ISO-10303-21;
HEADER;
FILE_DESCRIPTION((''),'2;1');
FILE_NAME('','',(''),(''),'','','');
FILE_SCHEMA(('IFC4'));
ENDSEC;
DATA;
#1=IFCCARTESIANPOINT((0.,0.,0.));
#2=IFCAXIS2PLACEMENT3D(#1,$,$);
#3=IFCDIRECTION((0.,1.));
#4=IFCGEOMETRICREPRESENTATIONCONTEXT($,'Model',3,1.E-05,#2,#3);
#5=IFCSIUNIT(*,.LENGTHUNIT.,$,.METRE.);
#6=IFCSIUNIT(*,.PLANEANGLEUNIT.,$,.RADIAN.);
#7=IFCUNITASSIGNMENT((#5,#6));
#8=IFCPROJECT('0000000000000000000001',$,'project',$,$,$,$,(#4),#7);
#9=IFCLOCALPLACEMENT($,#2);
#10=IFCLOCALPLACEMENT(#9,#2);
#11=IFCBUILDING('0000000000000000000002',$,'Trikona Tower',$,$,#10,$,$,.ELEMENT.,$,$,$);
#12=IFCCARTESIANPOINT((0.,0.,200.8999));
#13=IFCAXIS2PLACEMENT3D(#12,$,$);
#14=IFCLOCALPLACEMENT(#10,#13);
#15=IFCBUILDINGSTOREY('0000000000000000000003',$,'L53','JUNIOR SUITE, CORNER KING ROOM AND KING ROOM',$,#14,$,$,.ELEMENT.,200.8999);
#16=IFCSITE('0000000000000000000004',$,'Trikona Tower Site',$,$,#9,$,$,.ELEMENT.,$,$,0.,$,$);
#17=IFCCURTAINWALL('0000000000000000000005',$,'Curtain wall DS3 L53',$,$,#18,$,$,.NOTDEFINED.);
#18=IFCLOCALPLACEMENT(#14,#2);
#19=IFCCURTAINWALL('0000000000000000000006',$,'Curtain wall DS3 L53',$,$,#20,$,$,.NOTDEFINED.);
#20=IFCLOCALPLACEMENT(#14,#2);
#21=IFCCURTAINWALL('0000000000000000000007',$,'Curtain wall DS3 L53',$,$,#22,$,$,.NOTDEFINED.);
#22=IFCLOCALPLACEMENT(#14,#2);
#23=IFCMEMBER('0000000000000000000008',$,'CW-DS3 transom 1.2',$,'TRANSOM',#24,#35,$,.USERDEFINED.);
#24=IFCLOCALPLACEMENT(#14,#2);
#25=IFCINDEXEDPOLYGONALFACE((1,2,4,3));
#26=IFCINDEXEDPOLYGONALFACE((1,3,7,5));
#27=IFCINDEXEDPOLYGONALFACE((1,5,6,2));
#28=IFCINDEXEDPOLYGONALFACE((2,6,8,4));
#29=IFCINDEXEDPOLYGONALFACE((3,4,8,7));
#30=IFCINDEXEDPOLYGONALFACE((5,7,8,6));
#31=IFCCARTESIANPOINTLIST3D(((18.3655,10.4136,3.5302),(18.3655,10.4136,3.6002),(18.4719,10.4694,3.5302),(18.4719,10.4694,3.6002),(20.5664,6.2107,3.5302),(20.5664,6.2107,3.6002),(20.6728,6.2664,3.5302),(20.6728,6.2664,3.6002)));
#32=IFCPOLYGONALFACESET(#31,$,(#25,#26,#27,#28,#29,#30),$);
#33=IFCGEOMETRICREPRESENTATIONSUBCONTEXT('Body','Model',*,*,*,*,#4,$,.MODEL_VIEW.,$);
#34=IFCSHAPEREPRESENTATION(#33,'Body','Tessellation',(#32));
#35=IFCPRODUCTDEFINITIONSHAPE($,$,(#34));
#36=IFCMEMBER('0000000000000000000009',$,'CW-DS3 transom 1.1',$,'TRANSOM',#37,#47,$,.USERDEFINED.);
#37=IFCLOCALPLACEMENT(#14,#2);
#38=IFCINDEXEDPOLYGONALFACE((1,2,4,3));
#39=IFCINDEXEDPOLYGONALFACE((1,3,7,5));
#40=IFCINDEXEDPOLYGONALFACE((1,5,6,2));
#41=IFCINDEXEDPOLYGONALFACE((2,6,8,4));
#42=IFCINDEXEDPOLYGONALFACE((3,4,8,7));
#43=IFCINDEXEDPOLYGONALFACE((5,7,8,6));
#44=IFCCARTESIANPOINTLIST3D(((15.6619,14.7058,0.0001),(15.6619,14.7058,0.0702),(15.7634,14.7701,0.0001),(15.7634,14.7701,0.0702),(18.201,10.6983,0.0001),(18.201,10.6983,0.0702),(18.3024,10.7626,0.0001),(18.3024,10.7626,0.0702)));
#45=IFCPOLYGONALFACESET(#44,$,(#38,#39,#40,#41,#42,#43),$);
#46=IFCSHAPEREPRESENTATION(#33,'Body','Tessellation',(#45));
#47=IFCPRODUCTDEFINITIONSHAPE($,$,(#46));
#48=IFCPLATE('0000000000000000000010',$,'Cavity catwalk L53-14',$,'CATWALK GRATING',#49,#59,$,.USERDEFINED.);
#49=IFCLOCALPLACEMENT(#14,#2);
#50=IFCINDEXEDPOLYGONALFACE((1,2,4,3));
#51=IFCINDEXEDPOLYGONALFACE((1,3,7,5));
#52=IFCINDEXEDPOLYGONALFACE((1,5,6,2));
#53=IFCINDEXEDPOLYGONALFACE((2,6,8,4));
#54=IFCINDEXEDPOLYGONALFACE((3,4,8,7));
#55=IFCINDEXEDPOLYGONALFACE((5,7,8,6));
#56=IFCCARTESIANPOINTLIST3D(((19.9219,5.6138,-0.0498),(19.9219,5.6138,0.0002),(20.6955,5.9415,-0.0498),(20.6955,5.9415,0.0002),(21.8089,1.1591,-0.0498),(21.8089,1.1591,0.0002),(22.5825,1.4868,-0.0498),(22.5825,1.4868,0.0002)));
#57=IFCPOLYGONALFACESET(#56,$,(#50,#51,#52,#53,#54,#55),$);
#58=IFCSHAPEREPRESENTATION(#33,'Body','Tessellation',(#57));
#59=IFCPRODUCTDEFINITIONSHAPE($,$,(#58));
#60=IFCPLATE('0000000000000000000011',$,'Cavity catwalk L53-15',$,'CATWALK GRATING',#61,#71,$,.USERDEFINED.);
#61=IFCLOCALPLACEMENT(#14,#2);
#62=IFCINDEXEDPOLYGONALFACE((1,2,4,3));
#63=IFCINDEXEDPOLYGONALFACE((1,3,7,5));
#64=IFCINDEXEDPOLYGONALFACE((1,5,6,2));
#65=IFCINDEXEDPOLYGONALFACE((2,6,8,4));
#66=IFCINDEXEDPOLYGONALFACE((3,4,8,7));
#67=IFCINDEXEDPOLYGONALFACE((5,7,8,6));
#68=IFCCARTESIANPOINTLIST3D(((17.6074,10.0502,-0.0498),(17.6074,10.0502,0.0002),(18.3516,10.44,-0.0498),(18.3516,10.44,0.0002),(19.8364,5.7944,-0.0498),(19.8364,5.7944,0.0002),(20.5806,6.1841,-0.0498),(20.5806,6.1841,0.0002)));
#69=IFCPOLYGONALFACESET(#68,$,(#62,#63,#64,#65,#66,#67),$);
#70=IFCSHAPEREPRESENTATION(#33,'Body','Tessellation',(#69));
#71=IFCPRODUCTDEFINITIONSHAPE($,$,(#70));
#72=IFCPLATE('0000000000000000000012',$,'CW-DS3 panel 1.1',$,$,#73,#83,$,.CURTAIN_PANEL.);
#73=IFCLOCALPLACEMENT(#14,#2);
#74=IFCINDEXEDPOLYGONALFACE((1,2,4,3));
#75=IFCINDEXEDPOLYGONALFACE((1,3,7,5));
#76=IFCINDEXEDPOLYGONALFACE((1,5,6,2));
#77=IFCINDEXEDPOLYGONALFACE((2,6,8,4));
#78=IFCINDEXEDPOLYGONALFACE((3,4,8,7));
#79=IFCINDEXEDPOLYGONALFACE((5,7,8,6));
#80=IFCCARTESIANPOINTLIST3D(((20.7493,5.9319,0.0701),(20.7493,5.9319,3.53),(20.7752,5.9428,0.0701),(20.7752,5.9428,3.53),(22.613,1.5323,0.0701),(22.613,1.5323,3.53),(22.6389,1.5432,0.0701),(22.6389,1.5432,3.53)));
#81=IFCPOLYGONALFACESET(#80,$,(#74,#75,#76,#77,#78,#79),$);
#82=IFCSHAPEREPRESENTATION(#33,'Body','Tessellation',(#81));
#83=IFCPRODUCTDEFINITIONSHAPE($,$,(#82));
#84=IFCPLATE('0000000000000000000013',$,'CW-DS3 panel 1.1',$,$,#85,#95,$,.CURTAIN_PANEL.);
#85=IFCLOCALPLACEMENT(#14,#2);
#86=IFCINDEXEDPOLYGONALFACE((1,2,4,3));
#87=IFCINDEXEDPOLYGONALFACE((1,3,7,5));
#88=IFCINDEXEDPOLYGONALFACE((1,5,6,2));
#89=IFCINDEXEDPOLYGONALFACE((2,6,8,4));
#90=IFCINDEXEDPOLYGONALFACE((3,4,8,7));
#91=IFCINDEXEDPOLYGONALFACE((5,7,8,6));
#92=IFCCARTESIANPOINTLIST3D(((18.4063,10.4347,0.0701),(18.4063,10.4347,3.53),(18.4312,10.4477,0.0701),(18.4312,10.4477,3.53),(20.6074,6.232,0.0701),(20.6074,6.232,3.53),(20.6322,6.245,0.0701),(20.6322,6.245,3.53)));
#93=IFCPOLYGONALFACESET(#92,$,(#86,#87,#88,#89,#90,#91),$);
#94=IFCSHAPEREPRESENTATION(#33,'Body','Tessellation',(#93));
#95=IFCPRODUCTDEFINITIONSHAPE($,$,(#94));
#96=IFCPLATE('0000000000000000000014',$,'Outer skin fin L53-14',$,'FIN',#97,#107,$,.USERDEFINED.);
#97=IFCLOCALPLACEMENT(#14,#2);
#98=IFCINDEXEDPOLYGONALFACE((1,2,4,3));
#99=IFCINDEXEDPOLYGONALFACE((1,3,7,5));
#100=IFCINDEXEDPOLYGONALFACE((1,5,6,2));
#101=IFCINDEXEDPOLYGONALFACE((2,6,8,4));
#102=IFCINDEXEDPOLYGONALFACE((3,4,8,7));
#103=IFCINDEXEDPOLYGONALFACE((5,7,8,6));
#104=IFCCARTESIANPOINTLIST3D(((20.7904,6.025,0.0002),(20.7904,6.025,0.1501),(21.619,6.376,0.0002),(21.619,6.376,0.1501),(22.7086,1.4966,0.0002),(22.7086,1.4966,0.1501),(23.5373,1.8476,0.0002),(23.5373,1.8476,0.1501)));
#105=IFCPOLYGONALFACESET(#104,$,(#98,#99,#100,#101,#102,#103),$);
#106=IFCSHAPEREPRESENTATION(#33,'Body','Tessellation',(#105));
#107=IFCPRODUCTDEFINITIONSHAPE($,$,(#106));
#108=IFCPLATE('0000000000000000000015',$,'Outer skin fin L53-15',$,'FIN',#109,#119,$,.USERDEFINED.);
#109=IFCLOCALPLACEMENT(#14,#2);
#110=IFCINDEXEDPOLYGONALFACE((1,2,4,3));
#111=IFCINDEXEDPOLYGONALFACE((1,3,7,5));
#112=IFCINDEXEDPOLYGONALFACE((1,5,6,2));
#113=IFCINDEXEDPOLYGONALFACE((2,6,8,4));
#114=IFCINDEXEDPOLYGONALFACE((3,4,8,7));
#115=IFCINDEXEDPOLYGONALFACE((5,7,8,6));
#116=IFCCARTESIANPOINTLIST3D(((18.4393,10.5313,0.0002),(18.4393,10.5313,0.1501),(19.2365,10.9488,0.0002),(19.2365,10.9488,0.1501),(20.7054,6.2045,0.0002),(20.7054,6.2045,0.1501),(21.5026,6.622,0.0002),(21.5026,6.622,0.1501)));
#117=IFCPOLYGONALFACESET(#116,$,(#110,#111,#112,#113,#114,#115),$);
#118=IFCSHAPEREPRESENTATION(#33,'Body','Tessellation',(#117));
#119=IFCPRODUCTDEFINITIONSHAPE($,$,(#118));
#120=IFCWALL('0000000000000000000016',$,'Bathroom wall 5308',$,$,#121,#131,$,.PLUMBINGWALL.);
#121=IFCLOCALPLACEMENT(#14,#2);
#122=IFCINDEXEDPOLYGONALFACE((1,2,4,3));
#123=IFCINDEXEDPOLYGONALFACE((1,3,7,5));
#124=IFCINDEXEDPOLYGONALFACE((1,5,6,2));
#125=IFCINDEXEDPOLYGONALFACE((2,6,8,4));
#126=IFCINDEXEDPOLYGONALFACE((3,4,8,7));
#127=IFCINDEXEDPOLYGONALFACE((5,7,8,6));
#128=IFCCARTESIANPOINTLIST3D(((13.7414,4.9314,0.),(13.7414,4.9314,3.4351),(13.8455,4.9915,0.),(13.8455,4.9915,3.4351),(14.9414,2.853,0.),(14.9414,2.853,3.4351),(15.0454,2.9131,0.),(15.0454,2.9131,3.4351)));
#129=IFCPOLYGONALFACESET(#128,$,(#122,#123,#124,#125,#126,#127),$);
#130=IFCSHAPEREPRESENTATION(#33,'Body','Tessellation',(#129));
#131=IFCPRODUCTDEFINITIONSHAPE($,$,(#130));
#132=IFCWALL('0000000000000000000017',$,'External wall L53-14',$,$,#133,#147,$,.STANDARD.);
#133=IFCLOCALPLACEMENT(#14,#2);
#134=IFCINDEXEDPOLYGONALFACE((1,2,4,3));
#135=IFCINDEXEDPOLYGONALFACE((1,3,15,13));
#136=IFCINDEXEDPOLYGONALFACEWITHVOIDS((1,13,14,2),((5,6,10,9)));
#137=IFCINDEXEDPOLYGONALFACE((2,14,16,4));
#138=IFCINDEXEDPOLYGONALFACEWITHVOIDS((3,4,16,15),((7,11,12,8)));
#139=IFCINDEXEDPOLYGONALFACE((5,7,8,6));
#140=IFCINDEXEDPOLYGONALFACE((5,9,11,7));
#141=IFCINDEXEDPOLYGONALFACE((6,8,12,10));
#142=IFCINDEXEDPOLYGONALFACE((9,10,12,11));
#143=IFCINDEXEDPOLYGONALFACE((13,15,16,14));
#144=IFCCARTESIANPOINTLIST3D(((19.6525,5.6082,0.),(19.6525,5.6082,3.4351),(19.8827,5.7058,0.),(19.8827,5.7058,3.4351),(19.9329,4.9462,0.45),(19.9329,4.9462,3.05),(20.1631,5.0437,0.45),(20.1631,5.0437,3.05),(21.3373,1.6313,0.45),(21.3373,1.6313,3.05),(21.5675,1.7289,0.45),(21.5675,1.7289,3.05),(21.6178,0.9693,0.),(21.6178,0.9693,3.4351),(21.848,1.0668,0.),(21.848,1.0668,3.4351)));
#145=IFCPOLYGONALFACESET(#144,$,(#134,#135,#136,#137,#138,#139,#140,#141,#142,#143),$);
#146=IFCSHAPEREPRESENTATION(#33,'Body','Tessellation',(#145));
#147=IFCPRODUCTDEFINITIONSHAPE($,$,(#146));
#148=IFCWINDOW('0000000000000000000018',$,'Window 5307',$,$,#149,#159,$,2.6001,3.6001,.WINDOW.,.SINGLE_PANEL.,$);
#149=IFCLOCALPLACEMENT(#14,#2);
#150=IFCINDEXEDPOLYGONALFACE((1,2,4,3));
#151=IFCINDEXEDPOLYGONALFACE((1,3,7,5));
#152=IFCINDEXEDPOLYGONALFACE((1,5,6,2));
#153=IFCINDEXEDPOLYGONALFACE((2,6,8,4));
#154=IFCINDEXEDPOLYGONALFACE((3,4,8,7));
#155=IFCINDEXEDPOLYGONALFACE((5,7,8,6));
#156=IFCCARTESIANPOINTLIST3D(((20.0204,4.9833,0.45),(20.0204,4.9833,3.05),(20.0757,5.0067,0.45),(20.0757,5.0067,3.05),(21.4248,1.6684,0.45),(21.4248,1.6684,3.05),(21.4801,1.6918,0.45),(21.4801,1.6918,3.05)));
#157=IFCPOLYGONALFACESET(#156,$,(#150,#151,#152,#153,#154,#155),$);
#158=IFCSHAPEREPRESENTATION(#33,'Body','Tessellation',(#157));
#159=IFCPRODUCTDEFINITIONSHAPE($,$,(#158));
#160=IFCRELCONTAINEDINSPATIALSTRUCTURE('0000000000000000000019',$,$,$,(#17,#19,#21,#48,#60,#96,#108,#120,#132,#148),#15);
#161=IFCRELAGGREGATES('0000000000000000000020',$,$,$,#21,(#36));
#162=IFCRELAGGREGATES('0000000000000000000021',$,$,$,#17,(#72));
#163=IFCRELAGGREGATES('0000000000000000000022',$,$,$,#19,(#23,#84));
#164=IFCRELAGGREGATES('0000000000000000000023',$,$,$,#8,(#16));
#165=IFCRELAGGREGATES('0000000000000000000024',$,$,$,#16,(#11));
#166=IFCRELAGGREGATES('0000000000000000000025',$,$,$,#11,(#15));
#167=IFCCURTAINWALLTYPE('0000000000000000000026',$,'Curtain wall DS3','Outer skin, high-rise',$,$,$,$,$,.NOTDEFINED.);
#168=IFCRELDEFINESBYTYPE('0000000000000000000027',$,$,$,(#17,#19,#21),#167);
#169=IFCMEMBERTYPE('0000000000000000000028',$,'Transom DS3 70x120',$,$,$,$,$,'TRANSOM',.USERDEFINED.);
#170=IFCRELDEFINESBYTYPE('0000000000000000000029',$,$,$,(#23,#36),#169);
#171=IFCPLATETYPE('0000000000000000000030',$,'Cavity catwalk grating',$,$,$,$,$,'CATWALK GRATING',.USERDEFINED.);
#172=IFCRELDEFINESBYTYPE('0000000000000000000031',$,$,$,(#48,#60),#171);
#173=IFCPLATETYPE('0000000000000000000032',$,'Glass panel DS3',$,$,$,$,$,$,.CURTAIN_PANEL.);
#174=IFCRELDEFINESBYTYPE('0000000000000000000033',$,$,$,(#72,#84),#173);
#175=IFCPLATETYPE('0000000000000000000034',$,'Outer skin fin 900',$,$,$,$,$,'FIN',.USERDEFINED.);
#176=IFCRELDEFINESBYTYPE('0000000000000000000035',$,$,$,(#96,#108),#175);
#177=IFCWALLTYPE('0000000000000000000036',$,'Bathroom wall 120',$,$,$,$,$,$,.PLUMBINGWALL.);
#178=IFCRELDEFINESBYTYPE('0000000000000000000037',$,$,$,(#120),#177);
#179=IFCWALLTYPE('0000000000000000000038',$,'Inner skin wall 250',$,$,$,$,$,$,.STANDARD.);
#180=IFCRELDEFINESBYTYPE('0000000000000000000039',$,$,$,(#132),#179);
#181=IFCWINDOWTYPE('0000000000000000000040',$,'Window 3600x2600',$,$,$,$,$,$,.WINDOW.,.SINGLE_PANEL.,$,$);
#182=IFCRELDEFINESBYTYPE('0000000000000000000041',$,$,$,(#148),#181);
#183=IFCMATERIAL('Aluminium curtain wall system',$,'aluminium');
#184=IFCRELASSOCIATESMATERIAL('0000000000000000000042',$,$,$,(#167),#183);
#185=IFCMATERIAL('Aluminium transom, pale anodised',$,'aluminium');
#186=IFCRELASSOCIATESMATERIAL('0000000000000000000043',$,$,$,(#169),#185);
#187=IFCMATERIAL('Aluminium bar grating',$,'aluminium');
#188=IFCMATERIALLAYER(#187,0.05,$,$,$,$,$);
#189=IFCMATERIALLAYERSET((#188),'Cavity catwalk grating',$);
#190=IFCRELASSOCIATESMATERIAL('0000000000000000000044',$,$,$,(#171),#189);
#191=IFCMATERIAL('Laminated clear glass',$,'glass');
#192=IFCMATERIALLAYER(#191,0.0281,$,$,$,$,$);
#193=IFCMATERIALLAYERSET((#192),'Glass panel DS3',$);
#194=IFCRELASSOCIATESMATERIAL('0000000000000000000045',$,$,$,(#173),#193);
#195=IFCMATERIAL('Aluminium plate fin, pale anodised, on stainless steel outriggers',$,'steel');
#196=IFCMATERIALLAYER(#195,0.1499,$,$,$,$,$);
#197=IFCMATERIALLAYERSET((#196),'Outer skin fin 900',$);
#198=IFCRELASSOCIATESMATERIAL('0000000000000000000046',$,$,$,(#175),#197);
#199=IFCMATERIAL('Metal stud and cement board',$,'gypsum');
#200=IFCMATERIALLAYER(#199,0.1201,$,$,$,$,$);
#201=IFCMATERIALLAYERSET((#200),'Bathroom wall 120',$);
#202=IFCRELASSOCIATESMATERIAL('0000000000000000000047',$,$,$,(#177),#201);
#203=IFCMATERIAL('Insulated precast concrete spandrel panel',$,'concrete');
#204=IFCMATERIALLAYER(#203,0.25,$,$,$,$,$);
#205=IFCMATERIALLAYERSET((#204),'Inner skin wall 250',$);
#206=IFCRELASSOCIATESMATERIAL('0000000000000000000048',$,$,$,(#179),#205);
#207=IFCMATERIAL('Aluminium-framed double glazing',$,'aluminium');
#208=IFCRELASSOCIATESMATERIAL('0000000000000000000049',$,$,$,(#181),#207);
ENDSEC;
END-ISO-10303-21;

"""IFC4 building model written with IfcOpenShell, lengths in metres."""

from ifc_helpers import new_model, si_unit, direction, frame, frame_2d, origin, origin_2d, place, context, subcontext, project, spatial, rectangle, extrude, material, layer, layer_set, material_profile, profile_set, type_object, element, fill, aggregate, save


model = new_model("IFC4")

# Units and contexts
model_context = context("Model", 3, precision=1e-05, world=origin(), true_north=direction((0.0, 1.0)))
body_context = subcontext(model_context, "Body", "Model", "MODEL_VIEW")
ifc_project = project(units=[si_unit("LENGTHUNIT", "METRE"), si_unit("PLANEANGLEUNIT", "RADIAN")], contexts=[model_context])

# Site, building, storey
site_placement = place(None, origin())
site = spatial("IfcSite", under=ifc_project, at=site_placement, Name="Trikona Tower Site", CompositionType="ELEMENT", RefElevation=0.0)
building_placement = place(site_placement, origin())
building = spatial("IfcBuilding", under=site, at=building_placement, Name="Trikona Tower", CompositionType="ELEMENT")
storey_placement = place(building_placement, frame((0.0, 0.0, 200.8999)))
storey = spatial("IfcBuildingStorey", under=building, at=storey_placement, Name="L53", Description="JUNIOR SUITE, CORNER KING ROOM AND KING ROOM", CompositionType="ELEMENT", Elevation=200.8999)

# Shared definitions
ifc_material_1 = material(Name="Aluminium curtain wall system", Category="aluminium")
curtain_wall_type = type_object("IfcCurtainWallType", Name="Curtain wall DS3", Description="Outer skin, high-rise", PredefinedType="NOTDEFINED", material=ifc_material_1)

# Curtain walls
curtain_wall_1_placement = place(storey_placement, origin())
curtain_wall_1 = element("IfcCurtainWall", 1, at=curtain_wall_1_placement, inside=storey, type_object=curtain_wall_type, Name="Curtain wall DS3 L53", PredefinedType="NOTDEFINED")
curtain_wall_2_placement = place(storey_placement, origin())
curtain_wall_2 = element("IfcCurtainWall", 2, at=curtain_wall_2_placement, inside=storey, type_object=curtain_wall_type, Name="Curtain wall DS3 L53", PredefinedType="NOTDEFINED")

# Curtain wall
curtain_wall_3_placement = place(storey_placement, origin())
curtain_wall_3 = element("IfcCurtainWall", 3, at=curtain_wall_3_placement, inside=storey, type_object=curtain_wall_type, Name="Curtain wall DS3 L53", PredefinedType="NOTDEFINED")

# Members
ifc_material_2 = material(Name="Aluminium transom, pale anodised", Category="aluminium")
ifc_material_profile_1 = material_profile(ifc_material_2, rectangle(XDim=0.1201, YDim=0.0701, at=origin_2d()), Name="TRN-DS3")
ifc_profile_set_1 = profile_set([ifc_material_profile_1], Name="Aluminium transom, pale anodised")
member_type_1 = type_object("IfcMemberType", Name="Transom DS3 70x120", ElementType="TRANSOM", PredefinedType="USERDEFINED", material=ifc_profile_set_1)
member_1_placement = place(storey_placement, frame((20.6196, 6.2385, 3.5652), z_axis=(-0.463911, 0.885882, 0.0), x_axis=(-0.885882, -0.463911, 0.0)))
member_1 = element("IfcMember", 4, at=member_1_placement, type_object=member_type_1, Name="CW-DS3 transom 1.2", ObjectType="TRANSOM", PredefinedType="USERDEFINED", context=body_context, shape_type="SweptSolid", body=[
    extrude(rectangle(XDim=0.1201, YDim=0.0701, at=origin_2d()), origin(), (0.0, 0.0, 1.0), 4.7444),
])
member_2_placement = place(storey_placement, frame((18.2517, 10.7305, 0.0352), z_axis=(-0.535193, 0.84473, 0.0), x_axis=(-0.84473, -0.535193, 0.0)))
member_2 = element("IfcMember", 5, at=member_2_placement, type_object=member_type_1, Name="CW-DS3 transom 1.1", ObjectType="TRANSOM", PredefinedType="USERDEFINED", context=body_context, shape_type="SweptSolid", body=[
    extrude(rectangle(XDim=0.1201, YDim=0.0701, at=origin_2d()), origin(), (0.0, 0.0, 1.0), 4.7441),
])
aggregate(curtain_wall_3, [member_2])

# Plates
ifc_material_3 = material(Name="Aluminium bar grating", Category="aluminium")
ifc_layer_1 = layer(ifc_material_3, 0.05)
ifc_layer_set_1 = layer_set([ifc_layer_1], Name="Cavity catwalk grating")
plate_type_1 = type_object("IfcPlateType", Name="Cavity catwalk grating", ElementType="CATWALK GRATING", PredefinedType="USERDEFINED", material=ifc_layer_set_1)
plate_1_placement = place(storey_placement, frame((21.2522, 3.5503, -0.0498), z_axis=(0.0, 0.0, 1.0), x_axis=(-0.390051, 0.920793, 0.0)))
element("IfcPlate", 6, at=plate_1_placement, inside=storey, type_object=plate_type_1, Name="Cavity catwalk L53-14", ObjectType="CATWALK GRATING", PredefinedType="USERDEFINED", context=body_context, shape_type="SweptSolid", body=[
    extrude(rectangle(XDim=4.8379, YDim=0.8401, at=origin_2d()), origin(), (0.0, 0.0, 1.0), 0.05),
])
plate_2_placement = place(storey_placement, frame((19.094, 8.1172, -0.0498), z_axis=(0.0, 0.0, 1.0), x_axis=(-0.463952, 0.88586, 0.0)))
element("IfcPlate", 7, at=plate_2_placement, inside=storey, type_object=plate_type_1, Name="Cavity catwalk L53-15", ObjectType="CATWALK GRATING", PredefinedType="USERDEFINED", context=body_context, shape_type="SweptSolid", body=[
    extrude(rectangle(XDim=4.8042, YDim=0.8401, at=origin_2d()), origin(), (0.0, 0.0, 1.0), 0.05),
])

# Plates
ifc_material_4 = material(Name="Laminated clear glass", Category="glass")
ifc_layer_2 = layer(ifc_material_4, 0.0281)
ifc_layer_set_2 = layer_set([ifc_layer_2], Name="Glass panel DS3")
plate_type_2 = type_object("IfcPlateType", Name="Glass panel DS3", PredefinedType="CURTAIN_PANEL", material=ifc_layer_set_2)
plate_3_placement = place(storey_placement, frame((21.6941, 3.7375, 0.0701), z_axis=(0.0, 0.0, 1.0), x_axis=(-0.390053, 0.920792, 0.0)))
plate_3 = element("IfcPlate", 8, at=plate_3_placement, type_object=plate_type_2, Name="CW-DS3 panel 1.1", PredefinedType="CURTAIN_PANEL", context=body_context, shape_type="SweptSolid", body=[
    extrude(rectangle(XDim=4.7781, YDim=0.0281, at=origin_2d()), origin(), (0.0, 0.0, 1.0), 3.46),
])
aggregate(curtain_wall_1, [plate_3])
plate_4_placement = place(storey_placement, frame((19.5193, 8.3398, 0.0701), z_axis=(0.0, 0.0, 1.0), x_axis=(-0.463948, 0.885862, 0.0)))
plate_4 = element("IfcPlate", 9, at=plate_4_placement, type_object=plate_type_2, Name="CW-DS3 panel 1.1", PredefinedType="CURTAIN_PANEL", context=body_context, shape_type="SweptSolid", body=[
    extrude(rectangle(XDim=4.7441, YDim=0.0281, at=origin_2d()), origin(), (0.0, 0.0, 1.0), 3.46),
])
aggregate(curtain_wall_2, [member_1, plate_4])

# Plates
ifc_material_5 = material(Name="Aluminium plate fin, pale anodised, on stainless steel outriggers", Category="steel")
ifc_layer_3 = layer(ifc_material_5, 0.1499)
ifc_layer_set_3 = layer_set([ifc_layer_3], Name="Outer skin fin 900")
plate_type_3 = type_object("IfcPlateType", Name="Outer skin fin 900", ElementType="FIN", PredefinedType="USERDEFINED", material=ifc_layer_set_3)
plate_5_placement = place(storey_placement, frame((22.1638, 3.9363, 0.0002), z_axis=(0.0, 0.0, 1.0), x_axis=(-0.390051, 0.920793, 0.0)))
element("IfcPlate", 10, at=plate_5_placement, inside=storey, type_object=plate_type_3, Name="Outer skin fin L53-14", ObjectType="FIN", PredefinedType="USERDEFINED", context=body_context, shape_type="SweptSolid", body=[
    extrude(rectangle(XDim=4.918, YDim=0.8999, at=origin_2d()), origin(), (0.0, 0.0, 1.0), 0.1499),
])
plate_6_placement = place(storey_placement, frame((19.9709, 8.5767, 0.0002), z_axis=(0.0, 0.0, 1.0), x_axis=(-0.463952, 0.88586, 0.0)))
element("IfcPlate", 11, at=plate_6_placement, inside=storey, type_object=plate_type_3, Name="Outer skin fin L53-15", ObjectType="FIN", PredefinedType="USERDEFINED", context=body_context, shape_type="SweptSolid", body=[
    extrude(rectangle(XDim=4.8843, YDim=0.8999, at=origin_2d()), origin(), (0.0, 0.0, 1.0), 0.1499),
])

# Wall
ifc_material_6 = material(Name="Metal stud and cement board", Category="gypsum")
ifc_layer_4 = layer(ifc_material_6, 0.1201)
ifc_layer_set_4 = layer_set([ifc_layer_4], Name="Bathroom wall 120")
wall_type_1 = type_object("IfcWallType", Name="Bathroom wall 120", PredefinedType="PLUMBINGWALL", material=ifc_layer_set_4)
wall_1_placement = place(storey_placement, frame((14.9934, 2.8831, 0.0), z_axis=(0.0, 0.0, 1.0), x_axis=(-0.500001, 0.866025, 0.0)))
element("IfcWall", 12, at=wall_1_placement, inside=storey, type_object=wall_type_1, Name="Bathroom wall 5308", PredefinedType="PLUMBINGWALL", context=body_context, shape_type="SweptSolid", body=[
    extrude(rectangle(XDim=2.3999, YDim=0.1201, at=frame_2d((1.2, 0.0))), origin(), (0.0, 0.0, 1.0), 3.4351),
])

# Wall, opening, window
ifc_material_7 = material(Name="Insulated precast concrete spandrel panel", Category="concrete")
ifc_layer_5 = layer(ifc_material_7, 0.25)
ifc_layer_set_5 = layer_set([ifc_layer_5], Name="Inner skin wall 250")
wall_type_2 = type_object("IfcWallType", Name="Inner skin wall 250", PredefinedType="STANDARD", material=ifc_layer_set_5)
wall_2_placement = place(storey_placement, frame((21.7329, 1.0181, 0.0), z_axis=(0.0, 0.0, 1.0), x_axis=(-0.390097, 0.920774, 0.0)))
wall_2 = element("IfcWall", 13, at=wall_2_placement, inside=storey, type_object=wall_type_2, Name="External wall L53-14", PredefinedType="STANDARD", context=body_context, shape_type="SweptSolid", body=[
    extrude(rectangle(XDim=5.0381, YDim=0.25, at=frame_2d((2.519, 0.0))), origin(), (0.0, 0.0, 1.0), 3.4351),
])
opening_1_placement = place(wall_2_placement, frame((0.719, 0.0, 0.45)))
opening_1 = element("IfcOpeningElement", 14, at=opening_1_placement, cuts=wall_2, PredefinedType="OPENING", context=body_context, shape_type="SweptSolid", body=[
    extrude(rectangle(XDim=3.6001, YDim=2.6001, at=frame_2d((1.8, 1.3))), frame((0.0, 0.135, 0.0), z_axis=(0.0, -1.0, 0.0), x_axis=(1.0, 0.0, 0.0)), (0.0, 0.0, 1.0), 0.27),
])
ifc_material_8 = material(Name="Aluminium-framed double glazing", Category="aluminium")
window_type = type_object("IfcWindowType", Name="Window 3600x2600", PartitioningType="SINGLE_PANEL", PredefinedType="WINDOW", material=ifc_material_8)
window_1_placement = place(opening_1_placement, origin())
window_1 = element("IfcWindow", 15, at=window_1_placement, inside=storey, type_object=window_type, Name="Window 5307", OverallHeight=2.6001, OverallWidth=3.6001, PartitioningType="SINGLE_PANEL", PredefinedType="WINDOW", context=body_context, shape_type="SweptSolid", body=[
    extrude(rectangle(XDim=3.6001, YDim=2.6001, at=frame_2d((1.8, 1.3))), frame((0.0, 0.03, 0.0), z_axis=(0.0, -1.0, 0.0), x_axis=(1.0, 0.0, 0.0)), (0.0, 0.0, 1.0), 0.0601),
])
fill(opening_1, window_1)

save(model, "model.ifc")
